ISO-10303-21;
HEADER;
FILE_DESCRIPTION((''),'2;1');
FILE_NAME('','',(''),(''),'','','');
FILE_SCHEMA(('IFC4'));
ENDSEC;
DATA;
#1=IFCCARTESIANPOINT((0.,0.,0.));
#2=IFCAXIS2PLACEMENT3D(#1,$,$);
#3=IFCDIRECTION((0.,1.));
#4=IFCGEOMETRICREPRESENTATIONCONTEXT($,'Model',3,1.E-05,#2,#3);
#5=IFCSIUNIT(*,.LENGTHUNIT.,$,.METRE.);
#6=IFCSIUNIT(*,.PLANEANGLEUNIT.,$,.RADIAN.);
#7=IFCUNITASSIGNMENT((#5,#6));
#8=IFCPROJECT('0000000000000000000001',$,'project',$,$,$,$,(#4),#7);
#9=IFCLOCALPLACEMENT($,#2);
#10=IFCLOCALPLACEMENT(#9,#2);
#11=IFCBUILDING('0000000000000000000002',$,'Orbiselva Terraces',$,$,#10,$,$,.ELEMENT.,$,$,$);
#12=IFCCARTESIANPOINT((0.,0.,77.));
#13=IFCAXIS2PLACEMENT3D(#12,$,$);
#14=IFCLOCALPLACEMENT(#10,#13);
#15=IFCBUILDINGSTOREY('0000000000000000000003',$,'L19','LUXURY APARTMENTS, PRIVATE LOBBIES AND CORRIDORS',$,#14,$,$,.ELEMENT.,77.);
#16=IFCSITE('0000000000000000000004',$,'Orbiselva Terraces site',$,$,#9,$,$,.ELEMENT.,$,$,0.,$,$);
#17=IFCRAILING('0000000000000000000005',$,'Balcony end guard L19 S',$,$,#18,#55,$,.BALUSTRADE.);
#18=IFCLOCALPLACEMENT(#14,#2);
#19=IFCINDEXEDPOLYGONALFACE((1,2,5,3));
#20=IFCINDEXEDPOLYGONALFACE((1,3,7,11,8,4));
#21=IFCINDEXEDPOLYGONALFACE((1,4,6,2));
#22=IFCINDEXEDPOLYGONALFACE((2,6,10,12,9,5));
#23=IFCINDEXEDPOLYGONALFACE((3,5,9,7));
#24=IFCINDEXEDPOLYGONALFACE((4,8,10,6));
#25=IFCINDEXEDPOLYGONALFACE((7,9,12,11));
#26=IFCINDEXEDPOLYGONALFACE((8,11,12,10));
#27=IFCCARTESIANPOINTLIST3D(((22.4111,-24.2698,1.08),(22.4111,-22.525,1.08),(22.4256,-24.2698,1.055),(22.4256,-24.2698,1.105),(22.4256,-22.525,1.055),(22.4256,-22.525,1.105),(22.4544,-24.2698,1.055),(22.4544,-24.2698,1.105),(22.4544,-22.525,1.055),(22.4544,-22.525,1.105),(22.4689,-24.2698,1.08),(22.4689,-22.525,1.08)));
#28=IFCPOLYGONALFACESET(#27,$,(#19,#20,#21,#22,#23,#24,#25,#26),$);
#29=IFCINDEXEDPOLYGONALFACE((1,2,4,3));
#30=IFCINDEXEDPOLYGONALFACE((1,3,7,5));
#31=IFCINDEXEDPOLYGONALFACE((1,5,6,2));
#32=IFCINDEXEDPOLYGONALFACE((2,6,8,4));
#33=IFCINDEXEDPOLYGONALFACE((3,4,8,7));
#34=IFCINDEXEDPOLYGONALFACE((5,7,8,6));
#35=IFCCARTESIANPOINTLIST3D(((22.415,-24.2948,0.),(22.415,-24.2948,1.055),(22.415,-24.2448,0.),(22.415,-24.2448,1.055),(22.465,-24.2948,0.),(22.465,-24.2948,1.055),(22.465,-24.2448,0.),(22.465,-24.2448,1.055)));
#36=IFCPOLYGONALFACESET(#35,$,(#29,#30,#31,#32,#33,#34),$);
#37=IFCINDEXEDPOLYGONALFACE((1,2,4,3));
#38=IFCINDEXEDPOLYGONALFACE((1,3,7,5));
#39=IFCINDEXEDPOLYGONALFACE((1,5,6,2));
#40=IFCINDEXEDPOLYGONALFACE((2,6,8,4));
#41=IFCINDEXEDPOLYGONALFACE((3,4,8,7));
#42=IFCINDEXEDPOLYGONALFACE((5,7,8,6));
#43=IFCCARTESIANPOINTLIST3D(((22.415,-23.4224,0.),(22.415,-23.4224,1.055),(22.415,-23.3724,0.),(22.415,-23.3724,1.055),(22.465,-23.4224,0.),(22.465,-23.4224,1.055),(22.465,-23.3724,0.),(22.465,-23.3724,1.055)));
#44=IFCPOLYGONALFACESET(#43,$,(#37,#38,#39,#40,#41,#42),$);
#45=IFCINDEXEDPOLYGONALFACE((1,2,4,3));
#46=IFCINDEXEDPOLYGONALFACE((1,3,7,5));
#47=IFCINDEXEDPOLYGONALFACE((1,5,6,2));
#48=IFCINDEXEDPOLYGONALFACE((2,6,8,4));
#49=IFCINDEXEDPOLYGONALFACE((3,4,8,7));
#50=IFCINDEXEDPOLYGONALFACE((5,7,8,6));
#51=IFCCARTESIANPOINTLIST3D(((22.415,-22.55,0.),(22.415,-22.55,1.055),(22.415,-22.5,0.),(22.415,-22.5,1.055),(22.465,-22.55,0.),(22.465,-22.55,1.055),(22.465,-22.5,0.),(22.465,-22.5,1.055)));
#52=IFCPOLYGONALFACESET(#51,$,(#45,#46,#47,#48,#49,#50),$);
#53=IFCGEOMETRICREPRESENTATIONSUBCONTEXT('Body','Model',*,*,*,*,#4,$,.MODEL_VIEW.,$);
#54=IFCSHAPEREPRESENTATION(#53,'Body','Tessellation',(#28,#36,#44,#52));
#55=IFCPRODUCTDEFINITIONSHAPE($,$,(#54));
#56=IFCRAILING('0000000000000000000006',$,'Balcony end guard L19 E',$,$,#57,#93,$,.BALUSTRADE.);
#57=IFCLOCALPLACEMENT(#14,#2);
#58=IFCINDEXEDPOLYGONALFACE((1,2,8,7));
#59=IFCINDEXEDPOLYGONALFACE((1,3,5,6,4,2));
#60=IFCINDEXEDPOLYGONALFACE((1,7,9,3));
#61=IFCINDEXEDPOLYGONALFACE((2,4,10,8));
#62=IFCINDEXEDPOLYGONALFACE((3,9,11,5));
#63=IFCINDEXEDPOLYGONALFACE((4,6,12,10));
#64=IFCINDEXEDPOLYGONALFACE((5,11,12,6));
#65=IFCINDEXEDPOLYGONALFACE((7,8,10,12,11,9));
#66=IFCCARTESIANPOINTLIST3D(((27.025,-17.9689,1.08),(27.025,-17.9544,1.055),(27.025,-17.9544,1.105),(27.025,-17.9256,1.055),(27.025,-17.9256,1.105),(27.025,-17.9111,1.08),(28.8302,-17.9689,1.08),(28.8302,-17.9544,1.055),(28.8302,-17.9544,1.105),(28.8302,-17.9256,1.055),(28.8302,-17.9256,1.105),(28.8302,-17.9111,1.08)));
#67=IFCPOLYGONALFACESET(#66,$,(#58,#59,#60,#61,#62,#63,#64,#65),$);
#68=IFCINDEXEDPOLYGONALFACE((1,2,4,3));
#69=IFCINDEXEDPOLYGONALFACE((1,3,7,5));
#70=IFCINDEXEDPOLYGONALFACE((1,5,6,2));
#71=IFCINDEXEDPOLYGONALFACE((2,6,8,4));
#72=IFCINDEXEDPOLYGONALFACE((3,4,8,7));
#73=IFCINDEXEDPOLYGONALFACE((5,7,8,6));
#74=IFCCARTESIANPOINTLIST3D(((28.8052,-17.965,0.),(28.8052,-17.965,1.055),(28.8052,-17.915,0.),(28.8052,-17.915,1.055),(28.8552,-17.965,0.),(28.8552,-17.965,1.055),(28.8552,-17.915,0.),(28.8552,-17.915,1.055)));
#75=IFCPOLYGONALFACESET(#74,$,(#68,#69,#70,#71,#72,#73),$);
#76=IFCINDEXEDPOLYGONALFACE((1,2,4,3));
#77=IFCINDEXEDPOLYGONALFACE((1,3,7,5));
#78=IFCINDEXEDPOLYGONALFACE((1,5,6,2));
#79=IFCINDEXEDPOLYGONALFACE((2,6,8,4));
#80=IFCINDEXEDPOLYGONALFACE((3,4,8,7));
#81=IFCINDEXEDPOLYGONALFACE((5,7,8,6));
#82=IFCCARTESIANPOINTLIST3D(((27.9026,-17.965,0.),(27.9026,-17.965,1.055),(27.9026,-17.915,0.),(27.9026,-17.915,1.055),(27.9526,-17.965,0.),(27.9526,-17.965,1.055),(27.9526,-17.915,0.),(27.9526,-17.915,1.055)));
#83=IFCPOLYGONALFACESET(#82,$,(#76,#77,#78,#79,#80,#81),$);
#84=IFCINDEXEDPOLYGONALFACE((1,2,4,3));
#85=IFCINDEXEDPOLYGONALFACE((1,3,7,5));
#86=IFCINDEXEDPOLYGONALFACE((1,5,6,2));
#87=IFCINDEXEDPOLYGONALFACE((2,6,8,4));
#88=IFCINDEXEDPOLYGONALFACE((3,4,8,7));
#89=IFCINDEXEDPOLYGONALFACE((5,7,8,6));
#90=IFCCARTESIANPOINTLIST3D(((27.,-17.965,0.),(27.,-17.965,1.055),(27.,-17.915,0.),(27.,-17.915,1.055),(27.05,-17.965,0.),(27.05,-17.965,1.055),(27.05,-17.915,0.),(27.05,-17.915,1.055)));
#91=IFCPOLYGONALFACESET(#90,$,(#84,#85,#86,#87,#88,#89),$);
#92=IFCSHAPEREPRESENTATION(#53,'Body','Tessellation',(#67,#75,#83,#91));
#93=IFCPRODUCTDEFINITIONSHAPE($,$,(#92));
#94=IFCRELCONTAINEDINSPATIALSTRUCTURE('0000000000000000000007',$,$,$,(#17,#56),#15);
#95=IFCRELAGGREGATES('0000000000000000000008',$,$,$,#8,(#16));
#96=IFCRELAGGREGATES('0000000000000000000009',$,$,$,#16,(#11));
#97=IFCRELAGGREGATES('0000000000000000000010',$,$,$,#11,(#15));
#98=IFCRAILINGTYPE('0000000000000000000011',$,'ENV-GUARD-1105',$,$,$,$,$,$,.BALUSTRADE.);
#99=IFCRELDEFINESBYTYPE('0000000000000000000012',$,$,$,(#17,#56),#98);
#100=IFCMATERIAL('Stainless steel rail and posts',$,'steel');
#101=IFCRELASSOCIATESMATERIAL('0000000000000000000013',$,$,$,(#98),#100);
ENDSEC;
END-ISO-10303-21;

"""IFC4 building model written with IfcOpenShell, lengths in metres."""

from ifc_helpers import new_model, si_unit, direction, frame, origin, origin_2d, place, context, subcontext, project, spatial, polyline, rectangle, outline, extrude, material, type_object, element, save


model = new_model("IFC4")

# Units and contexts
model_context = context("Model", 3, precision=1e-05, world=origin(), true_north=direction((0.0, 1.0)))
body_context = subcontext(model_context, "Body", "Model", "MODEL_VIEW")
ifc_project = project(units=[si_unit("LENGTHUNIT", "METRE"), si_unit("PLANEANGLEUNIT", "RADIAN")], contexts=[model_context])

# Site, building, storey
site_placement = place(None, origin())
site = spatial("IfcSite", under=ifc_project, at=site_placement, Name="Orbiselva Terraces site", CompositionType="ELEMENT", RefElevation=0.0)
building_placement = place(site_placement, origin())
building = spatial("IfcBuilding", under=site, at=building_placement, Name="Orbiselva Terraces", CompositionType="ELEMENT")
storey_placement = place(building_placement, frame((0.0, 0.0, 77.0)))
storey = spatial("IfcBuildingStorey", under=building, at=storey_placement, Name="L19", Description="LUXURY APARTMENTS, PRIVATE LOBBIES AND CORRIDORS", CompositionType="ELEMENT", Elevation=77.0)

# Railings
ifc_material_1 = material(Name="Stainless steel rail and posts", Category="steel")
railing_type_1 = type_object("IfcRailingType", Name="ENV-GUARD-1105", PredefinedType="BALUSTRADE", material=ifc_material_1)
railing_1_placement = place(storey_placement, frame((22.44, -24.2698, 0.0)))
element("IfcRailing", 1, at=railing_1_placement, inside=storey, type_object=railing_type_1, Name="Balcony end guard L19 S", PredefinedType="BALUSTRADE", context=body_context, shape_type="SweptSolid", body=[
    extrude(outline(polyline([(0.0289, 0.0), (0.0144, 0.025), (-0.0144, 0.025), (-0.0289, 0.0), (-0.0144, -0.025), (0.0144, -0.025), (0.0289, 0.0)])), frame((0.0, 0.0, 1.08), z_axis=(0.0, 1.0, 0.0), x_axis=(-1.0, 0.0, 0.0)), (0.0, 0.0, 1.0), 1.7448),
    extrude(rectangle(XDim=0.05, YDim=0.05, at=origin_2d()), origin(), (0.0, 0.0, 1.0), 1.055),
    extrude(rectangle(XDim=0.05, YDim=0.05, at=origin_2d()), frame((0.0, 0.8724, 0.0)), (0.0, 0.0, 1.0), 1.055),
    extrude(rectangle(XDim=0.05, YDim=0.05, at=origin_2d()), frame((0.0, 1.7448, 0.0)), (0.0, 0.0, 1.0), 1.055),
])
railing_2_placement = place(storey_placement, frame((28.8302, -17.94, 0.0)))
element("IfcRailing", 2, at=railing_2_placement, inside=storey, type_object=railing_type_1, Name="Balcony end guard L19 E", PredefinedType="BALUSTRADE", context=body_context, shape_type="SweptSolid", body=[
    extrude(outline(polyline([(0.0289, 0.0), (0.0144, 0.025), (-0.0144, 0.025), (-0.0289, 0.0), (-0.0144, -0.025), (0.0144, -0.025), (0.0289, 0.0)])), frame((0.0, 0.0, 1.08), z_axis=(-1.0, 0.0, 0.0), x_axis=(0.0, -1.0, 0.0)), (0.0, 0.0, 1.0), 1.8052),
    extrude(rectangle(XDim=0.05, YDim=0.05, at=origin_2d()), origin(), (0.0, 0.0, 1.0), 1.055),
    extrude(rectangle(XDim=0.05, YDim=0.05, at=origin_2d()), frame((-0.9026, 0.0, 0.0)), (0.0, 0.0, 1.0), 1.055),
    extrude(rectangle(XDim=0.05, YDim=0.05, at=origin_2d()), frame((-1.8052, 0.0, 0.0)), (0.0, 0.0, 1.0), 1.055),
])

save(model, "model.ifc")
